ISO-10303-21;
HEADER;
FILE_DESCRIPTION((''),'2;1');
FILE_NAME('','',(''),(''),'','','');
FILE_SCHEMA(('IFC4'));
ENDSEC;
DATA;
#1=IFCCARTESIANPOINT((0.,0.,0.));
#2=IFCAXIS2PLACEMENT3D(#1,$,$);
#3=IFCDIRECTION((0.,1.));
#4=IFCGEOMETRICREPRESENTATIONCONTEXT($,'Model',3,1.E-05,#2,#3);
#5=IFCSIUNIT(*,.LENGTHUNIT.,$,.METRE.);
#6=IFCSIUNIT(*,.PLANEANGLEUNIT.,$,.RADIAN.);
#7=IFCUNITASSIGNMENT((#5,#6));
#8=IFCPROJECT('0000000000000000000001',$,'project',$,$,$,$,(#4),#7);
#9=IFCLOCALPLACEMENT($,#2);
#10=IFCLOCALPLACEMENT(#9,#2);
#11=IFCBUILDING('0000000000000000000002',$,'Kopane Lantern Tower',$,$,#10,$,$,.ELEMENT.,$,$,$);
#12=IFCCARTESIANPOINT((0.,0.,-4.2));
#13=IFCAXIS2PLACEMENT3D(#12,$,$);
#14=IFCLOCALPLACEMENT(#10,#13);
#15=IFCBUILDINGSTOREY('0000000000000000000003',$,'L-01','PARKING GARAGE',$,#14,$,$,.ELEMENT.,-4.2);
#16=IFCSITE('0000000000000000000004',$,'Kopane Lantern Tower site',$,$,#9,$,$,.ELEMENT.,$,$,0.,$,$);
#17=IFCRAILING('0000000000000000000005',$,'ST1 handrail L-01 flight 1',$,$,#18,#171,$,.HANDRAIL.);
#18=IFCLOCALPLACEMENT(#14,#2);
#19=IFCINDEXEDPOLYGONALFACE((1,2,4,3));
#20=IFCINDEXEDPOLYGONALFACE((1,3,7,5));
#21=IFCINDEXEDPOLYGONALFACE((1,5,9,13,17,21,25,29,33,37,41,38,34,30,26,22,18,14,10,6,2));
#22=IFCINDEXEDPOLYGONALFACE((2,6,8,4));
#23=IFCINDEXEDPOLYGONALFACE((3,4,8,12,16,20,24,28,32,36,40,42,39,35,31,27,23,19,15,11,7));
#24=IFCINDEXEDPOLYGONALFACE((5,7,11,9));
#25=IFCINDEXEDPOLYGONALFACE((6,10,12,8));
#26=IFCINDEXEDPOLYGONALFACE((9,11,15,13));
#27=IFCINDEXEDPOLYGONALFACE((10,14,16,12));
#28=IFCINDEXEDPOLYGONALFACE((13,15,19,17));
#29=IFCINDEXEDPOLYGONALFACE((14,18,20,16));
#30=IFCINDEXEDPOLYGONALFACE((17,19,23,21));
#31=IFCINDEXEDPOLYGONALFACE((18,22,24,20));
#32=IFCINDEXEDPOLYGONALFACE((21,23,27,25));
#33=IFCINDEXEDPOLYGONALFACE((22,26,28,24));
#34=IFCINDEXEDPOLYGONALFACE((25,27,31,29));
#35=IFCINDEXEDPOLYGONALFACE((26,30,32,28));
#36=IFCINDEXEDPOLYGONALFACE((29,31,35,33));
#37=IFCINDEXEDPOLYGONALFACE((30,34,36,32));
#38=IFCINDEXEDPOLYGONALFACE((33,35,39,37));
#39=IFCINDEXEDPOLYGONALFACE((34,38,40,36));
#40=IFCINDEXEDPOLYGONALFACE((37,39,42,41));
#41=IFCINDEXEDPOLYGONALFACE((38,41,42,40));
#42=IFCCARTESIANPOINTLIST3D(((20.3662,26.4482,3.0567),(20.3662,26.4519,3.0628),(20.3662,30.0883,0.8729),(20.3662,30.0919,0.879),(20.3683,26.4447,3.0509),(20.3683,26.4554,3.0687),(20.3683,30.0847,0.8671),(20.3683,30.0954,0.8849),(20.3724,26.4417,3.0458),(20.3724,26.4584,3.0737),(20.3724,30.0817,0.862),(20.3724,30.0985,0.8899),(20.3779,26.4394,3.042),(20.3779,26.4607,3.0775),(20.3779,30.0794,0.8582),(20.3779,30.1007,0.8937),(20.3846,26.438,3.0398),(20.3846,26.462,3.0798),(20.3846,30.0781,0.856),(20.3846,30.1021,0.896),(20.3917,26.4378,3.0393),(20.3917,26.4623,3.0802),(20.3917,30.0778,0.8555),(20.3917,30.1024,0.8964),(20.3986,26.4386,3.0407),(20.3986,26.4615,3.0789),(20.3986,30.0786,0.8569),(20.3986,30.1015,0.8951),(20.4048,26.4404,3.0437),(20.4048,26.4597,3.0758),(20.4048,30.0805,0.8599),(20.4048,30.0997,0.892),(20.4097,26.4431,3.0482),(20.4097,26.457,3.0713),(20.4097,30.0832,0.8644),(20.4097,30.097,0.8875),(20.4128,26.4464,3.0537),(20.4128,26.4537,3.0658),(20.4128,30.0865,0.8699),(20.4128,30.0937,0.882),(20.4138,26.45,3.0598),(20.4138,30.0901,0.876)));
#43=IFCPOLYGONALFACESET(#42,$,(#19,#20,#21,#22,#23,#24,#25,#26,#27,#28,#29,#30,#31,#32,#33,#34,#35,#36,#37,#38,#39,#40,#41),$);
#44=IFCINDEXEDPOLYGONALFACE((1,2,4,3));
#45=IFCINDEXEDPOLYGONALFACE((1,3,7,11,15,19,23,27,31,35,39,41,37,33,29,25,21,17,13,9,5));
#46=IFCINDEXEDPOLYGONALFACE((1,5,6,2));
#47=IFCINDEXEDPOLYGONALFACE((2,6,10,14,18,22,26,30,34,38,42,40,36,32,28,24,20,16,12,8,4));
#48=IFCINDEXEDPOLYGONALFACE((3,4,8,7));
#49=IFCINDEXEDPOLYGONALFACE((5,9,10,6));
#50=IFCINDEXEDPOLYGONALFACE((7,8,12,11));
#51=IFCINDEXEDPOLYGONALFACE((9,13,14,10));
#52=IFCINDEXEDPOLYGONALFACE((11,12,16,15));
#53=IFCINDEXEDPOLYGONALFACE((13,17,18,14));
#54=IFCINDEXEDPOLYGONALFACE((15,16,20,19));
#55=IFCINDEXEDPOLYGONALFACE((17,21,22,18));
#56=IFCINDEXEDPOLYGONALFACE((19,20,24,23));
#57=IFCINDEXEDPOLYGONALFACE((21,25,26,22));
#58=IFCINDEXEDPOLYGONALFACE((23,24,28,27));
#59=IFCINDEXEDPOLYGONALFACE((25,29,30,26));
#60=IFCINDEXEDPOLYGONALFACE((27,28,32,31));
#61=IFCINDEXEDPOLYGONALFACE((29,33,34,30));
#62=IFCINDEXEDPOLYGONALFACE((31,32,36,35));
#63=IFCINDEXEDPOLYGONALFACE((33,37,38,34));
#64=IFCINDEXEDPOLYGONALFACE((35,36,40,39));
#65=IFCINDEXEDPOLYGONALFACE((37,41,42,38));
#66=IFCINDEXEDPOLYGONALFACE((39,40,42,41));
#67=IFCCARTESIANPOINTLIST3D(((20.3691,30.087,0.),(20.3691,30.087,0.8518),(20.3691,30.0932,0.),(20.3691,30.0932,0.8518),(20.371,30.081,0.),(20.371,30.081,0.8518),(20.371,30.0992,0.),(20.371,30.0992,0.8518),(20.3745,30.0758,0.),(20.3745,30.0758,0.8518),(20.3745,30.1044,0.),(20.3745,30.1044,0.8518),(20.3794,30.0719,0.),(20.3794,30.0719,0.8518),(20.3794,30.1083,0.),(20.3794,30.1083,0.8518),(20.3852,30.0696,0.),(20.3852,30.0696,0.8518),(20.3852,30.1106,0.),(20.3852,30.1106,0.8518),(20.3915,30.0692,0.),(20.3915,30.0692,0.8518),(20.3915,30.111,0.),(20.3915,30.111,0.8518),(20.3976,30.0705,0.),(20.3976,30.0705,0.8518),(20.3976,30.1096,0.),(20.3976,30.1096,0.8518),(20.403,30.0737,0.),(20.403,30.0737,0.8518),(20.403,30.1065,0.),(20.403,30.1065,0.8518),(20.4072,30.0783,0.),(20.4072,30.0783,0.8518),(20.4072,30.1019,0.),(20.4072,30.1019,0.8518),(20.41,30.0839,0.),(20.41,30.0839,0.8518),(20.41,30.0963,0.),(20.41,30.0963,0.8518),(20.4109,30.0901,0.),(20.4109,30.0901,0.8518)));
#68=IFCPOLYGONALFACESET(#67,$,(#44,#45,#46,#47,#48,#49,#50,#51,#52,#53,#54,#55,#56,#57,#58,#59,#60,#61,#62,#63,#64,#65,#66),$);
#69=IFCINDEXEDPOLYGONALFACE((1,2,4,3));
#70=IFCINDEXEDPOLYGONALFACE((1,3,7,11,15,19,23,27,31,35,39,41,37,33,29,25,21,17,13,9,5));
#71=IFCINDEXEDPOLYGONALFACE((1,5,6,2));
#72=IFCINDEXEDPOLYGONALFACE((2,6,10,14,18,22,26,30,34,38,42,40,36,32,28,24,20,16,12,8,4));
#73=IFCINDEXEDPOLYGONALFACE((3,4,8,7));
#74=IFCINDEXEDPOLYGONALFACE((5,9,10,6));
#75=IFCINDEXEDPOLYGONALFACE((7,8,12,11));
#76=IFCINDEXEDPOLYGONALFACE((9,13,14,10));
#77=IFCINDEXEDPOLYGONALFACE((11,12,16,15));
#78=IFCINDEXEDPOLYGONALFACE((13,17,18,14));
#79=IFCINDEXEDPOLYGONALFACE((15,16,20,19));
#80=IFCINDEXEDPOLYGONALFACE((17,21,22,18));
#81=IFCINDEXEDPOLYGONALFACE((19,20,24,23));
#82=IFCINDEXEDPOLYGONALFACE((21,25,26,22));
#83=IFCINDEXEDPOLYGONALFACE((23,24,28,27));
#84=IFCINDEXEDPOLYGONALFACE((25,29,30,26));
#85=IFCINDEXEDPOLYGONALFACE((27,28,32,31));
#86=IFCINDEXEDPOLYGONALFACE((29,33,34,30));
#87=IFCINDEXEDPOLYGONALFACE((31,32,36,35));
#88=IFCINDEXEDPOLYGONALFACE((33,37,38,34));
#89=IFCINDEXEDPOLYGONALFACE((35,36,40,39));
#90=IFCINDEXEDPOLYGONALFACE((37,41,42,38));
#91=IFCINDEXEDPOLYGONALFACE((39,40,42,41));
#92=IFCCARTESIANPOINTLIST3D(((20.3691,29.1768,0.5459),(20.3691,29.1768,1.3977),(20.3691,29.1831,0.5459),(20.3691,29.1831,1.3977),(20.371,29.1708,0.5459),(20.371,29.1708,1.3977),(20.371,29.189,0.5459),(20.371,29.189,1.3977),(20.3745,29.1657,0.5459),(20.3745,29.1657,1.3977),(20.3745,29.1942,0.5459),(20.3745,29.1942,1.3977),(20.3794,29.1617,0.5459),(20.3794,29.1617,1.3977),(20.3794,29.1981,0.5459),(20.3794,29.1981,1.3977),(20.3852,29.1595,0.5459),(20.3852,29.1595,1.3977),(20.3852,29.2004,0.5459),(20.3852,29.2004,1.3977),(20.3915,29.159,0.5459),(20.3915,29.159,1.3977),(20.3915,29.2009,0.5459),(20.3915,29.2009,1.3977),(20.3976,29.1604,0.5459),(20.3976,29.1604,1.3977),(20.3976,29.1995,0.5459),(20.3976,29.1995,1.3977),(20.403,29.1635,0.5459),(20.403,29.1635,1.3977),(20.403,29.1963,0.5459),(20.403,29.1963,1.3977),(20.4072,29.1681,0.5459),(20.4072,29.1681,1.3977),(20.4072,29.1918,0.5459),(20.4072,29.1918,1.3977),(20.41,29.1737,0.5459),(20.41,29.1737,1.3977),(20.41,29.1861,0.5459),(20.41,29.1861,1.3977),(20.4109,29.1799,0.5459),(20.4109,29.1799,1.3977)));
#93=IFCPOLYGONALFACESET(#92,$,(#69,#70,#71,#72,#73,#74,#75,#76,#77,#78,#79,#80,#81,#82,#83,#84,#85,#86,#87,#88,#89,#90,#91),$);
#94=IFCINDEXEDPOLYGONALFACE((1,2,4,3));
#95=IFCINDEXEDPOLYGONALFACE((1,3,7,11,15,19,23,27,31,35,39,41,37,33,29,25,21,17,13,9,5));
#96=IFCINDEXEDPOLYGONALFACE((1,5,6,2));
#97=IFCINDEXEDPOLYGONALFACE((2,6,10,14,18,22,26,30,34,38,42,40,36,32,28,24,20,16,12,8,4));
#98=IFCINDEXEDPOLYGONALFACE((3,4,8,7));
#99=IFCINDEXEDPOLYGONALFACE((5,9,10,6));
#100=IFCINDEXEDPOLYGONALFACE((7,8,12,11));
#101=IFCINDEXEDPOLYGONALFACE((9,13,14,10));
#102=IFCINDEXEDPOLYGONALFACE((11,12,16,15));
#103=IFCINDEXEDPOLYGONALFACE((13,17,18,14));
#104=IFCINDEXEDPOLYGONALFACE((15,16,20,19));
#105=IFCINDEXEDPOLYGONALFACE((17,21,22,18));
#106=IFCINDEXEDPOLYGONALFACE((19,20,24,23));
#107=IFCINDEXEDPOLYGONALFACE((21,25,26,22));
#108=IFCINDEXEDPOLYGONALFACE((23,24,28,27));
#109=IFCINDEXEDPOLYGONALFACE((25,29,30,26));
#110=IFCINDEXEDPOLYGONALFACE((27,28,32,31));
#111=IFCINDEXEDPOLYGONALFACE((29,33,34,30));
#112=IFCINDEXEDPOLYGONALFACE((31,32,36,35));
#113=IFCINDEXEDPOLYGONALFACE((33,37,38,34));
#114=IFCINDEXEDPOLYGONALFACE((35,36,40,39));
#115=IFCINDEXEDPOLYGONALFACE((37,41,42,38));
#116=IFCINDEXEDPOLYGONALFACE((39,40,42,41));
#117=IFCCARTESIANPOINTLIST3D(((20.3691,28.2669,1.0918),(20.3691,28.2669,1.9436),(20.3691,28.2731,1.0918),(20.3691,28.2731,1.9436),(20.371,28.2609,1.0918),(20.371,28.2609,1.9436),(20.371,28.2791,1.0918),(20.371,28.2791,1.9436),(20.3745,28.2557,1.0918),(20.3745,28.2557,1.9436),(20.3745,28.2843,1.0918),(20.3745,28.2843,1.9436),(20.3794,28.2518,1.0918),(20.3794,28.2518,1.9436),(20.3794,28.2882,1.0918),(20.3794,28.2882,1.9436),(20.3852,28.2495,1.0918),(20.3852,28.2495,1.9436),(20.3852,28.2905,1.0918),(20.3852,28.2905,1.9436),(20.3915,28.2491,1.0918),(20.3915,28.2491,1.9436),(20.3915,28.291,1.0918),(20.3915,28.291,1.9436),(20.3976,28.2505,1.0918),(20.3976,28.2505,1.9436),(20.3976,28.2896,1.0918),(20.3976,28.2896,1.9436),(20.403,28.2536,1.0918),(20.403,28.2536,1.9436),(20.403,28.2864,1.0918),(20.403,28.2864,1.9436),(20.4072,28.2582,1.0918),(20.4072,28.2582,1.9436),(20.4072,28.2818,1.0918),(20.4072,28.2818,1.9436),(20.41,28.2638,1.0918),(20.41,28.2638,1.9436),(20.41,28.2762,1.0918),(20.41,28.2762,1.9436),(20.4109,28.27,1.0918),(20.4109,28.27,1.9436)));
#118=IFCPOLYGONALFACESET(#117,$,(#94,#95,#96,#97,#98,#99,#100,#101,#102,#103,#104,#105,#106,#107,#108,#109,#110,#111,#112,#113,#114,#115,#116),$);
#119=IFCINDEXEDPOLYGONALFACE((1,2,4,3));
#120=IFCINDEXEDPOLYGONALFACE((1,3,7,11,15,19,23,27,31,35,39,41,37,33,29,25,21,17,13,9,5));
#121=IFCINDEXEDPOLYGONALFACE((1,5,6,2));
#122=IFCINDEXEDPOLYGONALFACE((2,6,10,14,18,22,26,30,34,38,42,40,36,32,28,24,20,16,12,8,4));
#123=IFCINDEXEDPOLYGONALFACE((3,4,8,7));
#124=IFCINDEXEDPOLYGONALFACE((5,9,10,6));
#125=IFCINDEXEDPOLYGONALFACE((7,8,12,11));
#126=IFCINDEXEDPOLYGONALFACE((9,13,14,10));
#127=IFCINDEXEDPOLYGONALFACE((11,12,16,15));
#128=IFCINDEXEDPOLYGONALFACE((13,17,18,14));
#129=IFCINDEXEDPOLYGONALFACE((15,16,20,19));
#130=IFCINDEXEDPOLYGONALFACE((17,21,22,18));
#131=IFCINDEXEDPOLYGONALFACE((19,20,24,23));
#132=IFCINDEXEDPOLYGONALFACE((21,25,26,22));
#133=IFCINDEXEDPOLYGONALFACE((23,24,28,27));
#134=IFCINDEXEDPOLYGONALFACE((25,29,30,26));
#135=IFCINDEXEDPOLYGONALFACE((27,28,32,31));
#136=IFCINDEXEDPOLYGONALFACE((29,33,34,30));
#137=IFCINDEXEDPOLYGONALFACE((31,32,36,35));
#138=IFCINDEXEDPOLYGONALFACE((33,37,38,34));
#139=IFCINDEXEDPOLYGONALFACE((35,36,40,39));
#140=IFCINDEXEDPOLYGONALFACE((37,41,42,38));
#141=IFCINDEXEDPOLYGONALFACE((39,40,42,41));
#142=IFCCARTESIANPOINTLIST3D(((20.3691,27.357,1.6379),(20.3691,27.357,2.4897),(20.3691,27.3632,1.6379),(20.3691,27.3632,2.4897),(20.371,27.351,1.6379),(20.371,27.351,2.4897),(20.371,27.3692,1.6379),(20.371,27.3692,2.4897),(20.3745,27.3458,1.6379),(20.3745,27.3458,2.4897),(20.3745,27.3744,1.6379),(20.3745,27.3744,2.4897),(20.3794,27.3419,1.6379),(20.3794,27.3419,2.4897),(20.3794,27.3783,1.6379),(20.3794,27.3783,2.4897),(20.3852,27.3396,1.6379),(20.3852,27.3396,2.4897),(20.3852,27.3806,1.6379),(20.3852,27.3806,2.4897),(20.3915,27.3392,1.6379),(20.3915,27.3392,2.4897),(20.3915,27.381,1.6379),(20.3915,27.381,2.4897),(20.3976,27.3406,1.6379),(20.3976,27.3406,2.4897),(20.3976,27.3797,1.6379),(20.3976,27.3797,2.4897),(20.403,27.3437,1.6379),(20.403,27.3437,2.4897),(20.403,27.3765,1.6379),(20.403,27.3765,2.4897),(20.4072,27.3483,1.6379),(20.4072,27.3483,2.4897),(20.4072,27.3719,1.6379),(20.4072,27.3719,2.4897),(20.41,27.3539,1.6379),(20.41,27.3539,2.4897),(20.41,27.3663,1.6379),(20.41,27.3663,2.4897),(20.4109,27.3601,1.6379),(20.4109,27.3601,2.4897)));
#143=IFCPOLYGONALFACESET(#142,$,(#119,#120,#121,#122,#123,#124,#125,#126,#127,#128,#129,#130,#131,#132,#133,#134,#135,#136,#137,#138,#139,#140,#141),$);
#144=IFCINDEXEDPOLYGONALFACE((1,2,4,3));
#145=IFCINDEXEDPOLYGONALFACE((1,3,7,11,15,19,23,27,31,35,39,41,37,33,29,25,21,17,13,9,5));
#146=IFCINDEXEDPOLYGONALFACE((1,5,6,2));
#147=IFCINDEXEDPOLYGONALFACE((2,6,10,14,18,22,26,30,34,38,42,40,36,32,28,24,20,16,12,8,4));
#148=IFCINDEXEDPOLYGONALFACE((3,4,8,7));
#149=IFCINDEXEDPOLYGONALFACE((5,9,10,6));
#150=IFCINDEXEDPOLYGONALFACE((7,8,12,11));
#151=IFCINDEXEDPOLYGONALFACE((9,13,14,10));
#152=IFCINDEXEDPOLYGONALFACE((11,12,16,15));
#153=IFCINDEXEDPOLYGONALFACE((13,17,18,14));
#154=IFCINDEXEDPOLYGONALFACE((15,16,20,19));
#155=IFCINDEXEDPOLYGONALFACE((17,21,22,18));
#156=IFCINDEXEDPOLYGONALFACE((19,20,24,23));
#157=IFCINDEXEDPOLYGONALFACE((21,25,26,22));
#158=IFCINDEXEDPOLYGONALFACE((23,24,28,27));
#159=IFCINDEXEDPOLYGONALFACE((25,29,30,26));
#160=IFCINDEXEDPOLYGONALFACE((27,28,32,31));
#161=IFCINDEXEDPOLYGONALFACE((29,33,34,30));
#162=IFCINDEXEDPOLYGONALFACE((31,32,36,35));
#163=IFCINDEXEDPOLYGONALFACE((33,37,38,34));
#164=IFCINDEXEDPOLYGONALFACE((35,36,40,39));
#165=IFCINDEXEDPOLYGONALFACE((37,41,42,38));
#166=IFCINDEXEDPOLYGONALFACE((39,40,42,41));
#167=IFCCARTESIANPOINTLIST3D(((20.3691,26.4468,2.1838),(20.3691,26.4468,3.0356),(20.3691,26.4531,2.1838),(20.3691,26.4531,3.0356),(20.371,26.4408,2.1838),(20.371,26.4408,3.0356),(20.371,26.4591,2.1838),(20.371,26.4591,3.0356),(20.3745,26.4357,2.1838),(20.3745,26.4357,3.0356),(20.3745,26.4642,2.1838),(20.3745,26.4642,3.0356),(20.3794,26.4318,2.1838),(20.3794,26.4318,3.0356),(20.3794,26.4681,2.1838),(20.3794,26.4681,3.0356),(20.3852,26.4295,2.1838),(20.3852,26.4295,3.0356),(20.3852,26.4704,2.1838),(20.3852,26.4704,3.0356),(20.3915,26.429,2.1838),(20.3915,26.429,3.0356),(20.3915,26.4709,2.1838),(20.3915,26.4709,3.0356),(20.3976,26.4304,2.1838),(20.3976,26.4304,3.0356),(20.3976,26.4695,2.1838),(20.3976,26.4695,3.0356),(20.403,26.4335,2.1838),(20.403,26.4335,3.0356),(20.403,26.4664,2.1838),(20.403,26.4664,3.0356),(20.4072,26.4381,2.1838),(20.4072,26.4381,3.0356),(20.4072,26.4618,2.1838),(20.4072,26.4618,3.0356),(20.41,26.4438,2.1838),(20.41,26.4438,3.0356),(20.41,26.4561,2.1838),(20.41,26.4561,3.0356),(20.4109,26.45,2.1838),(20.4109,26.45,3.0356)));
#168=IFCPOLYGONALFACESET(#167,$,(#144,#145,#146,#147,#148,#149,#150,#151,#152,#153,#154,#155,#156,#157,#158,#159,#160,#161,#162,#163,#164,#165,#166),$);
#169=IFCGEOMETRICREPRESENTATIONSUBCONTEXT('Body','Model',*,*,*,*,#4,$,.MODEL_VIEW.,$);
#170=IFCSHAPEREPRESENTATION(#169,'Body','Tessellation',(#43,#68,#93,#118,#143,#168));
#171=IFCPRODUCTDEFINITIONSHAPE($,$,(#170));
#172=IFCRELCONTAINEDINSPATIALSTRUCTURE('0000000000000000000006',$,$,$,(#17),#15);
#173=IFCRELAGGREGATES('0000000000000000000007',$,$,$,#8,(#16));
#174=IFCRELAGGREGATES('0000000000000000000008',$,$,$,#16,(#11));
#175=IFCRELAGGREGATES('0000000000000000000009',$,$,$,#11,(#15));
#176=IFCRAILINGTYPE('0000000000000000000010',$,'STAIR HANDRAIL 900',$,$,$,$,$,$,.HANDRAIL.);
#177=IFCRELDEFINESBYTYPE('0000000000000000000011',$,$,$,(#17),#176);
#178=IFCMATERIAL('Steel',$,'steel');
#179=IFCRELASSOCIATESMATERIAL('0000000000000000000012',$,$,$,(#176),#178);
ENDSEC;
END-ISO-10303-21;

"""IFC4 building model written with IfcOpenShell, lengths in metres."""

from ifc_helpers import new_model, si_unit, direction, frame, origin, origin_2d, place, context, subcontext, project, spatial, circle, extrude, material, type_object, element, save


model = new_model("IFC4")

# Units and contexts
model_context = context("Model", 3, precision=1e-05, world=origin(), true_north=direction((0.0, 1.0)))
body_context = subcontext(model_context, "Body", "Model", "MODEL_VIEW")
ifc_project = project(units=[si_unit("LENGTHUNIT", "METRE"), si_unit("PLANEANGLEUNIT", "RADIAN")], contexts=[model_context])

# Site, building, storey
site_placement = place(None, origin())
site = spatial("IfcSite", under=ifc_project, at=site_placement, Name="Kopane Lantern Tower site", CompositionType="ELEMENT", RefElevation=0.0)
building_placement = place(site_placement, origin())
building = spatial("IfcBuilding", under=site, at=building_placement, Name="Kopane Lantern Tower", CompositionType="ELEMENT")
storey_placement = place(building_placement, frame((0.0, 0.0, -4.2)))
storey = spatial("IfcBuildingStorey", under=building, at=storey_placement, Name="L-01", Description="PARKING GARAGE", CompositionType="ELEMENT", Elevation=-4.2)

# Railing
ifc_material_1 = material(Name="Steel", Category="steel")
railing_type_1 = type_object("IfcRailingType", Name="STAIR HANDRAIL 900", PredefinedType="HANDRAIL", material=ifc_material_1)
for number, where, name in (
    (1, (20.3899, 30.0901, 0.0), "ST1 handrail L-01 flight 1"),
):
    element("IfcRailing", number, at=place(storey_placement, frame(where)), inside=storey, type_object=railing_type_1, Name=name, PredefinedType="HANDRAIL", context=body_context, shape_type="SweptSolid", body=[
        extrude(circle(Radius=0.0239, at=origin_2d()), frame((0.0, 0.0, 0.876), z_axis=(0.0, -0.857518, 0.514453), x_axis=(1.0, 0.0, 0.0)), (0.0, 0.0, 1.0), 4.2449),
        extrude(circle(Radius=0.021, at=origin_2d()), origin(), (0.0, 0.0, 1.0), 0.8518),
        extrude(circle(Radius=0.021, at=origin_2d()), frame((0.0, -0.9102, 0.5459)), (0.0, 0.0, 1.0), 0.8518),
        extrude(circle(Radius=0.021, at=origin_2d()), frame((0.0, -1.8201, 1.0918)), (0.0, 0.0, 1.0), 0.8518),
        extrude(circle(Radius=0.021, at=origin_2d()), frame((0.0, -2.73, 1.6379)), (0.0, 0.0, 1.0), 0.8518),
        extrude(circle(Radius=0.021, at=origin_2d()), frame((0.0, -3.6401, 2.1838)), (0.0, 0.0, 1.0), 0.8518),
    ])

save(model, "model.ifc")
